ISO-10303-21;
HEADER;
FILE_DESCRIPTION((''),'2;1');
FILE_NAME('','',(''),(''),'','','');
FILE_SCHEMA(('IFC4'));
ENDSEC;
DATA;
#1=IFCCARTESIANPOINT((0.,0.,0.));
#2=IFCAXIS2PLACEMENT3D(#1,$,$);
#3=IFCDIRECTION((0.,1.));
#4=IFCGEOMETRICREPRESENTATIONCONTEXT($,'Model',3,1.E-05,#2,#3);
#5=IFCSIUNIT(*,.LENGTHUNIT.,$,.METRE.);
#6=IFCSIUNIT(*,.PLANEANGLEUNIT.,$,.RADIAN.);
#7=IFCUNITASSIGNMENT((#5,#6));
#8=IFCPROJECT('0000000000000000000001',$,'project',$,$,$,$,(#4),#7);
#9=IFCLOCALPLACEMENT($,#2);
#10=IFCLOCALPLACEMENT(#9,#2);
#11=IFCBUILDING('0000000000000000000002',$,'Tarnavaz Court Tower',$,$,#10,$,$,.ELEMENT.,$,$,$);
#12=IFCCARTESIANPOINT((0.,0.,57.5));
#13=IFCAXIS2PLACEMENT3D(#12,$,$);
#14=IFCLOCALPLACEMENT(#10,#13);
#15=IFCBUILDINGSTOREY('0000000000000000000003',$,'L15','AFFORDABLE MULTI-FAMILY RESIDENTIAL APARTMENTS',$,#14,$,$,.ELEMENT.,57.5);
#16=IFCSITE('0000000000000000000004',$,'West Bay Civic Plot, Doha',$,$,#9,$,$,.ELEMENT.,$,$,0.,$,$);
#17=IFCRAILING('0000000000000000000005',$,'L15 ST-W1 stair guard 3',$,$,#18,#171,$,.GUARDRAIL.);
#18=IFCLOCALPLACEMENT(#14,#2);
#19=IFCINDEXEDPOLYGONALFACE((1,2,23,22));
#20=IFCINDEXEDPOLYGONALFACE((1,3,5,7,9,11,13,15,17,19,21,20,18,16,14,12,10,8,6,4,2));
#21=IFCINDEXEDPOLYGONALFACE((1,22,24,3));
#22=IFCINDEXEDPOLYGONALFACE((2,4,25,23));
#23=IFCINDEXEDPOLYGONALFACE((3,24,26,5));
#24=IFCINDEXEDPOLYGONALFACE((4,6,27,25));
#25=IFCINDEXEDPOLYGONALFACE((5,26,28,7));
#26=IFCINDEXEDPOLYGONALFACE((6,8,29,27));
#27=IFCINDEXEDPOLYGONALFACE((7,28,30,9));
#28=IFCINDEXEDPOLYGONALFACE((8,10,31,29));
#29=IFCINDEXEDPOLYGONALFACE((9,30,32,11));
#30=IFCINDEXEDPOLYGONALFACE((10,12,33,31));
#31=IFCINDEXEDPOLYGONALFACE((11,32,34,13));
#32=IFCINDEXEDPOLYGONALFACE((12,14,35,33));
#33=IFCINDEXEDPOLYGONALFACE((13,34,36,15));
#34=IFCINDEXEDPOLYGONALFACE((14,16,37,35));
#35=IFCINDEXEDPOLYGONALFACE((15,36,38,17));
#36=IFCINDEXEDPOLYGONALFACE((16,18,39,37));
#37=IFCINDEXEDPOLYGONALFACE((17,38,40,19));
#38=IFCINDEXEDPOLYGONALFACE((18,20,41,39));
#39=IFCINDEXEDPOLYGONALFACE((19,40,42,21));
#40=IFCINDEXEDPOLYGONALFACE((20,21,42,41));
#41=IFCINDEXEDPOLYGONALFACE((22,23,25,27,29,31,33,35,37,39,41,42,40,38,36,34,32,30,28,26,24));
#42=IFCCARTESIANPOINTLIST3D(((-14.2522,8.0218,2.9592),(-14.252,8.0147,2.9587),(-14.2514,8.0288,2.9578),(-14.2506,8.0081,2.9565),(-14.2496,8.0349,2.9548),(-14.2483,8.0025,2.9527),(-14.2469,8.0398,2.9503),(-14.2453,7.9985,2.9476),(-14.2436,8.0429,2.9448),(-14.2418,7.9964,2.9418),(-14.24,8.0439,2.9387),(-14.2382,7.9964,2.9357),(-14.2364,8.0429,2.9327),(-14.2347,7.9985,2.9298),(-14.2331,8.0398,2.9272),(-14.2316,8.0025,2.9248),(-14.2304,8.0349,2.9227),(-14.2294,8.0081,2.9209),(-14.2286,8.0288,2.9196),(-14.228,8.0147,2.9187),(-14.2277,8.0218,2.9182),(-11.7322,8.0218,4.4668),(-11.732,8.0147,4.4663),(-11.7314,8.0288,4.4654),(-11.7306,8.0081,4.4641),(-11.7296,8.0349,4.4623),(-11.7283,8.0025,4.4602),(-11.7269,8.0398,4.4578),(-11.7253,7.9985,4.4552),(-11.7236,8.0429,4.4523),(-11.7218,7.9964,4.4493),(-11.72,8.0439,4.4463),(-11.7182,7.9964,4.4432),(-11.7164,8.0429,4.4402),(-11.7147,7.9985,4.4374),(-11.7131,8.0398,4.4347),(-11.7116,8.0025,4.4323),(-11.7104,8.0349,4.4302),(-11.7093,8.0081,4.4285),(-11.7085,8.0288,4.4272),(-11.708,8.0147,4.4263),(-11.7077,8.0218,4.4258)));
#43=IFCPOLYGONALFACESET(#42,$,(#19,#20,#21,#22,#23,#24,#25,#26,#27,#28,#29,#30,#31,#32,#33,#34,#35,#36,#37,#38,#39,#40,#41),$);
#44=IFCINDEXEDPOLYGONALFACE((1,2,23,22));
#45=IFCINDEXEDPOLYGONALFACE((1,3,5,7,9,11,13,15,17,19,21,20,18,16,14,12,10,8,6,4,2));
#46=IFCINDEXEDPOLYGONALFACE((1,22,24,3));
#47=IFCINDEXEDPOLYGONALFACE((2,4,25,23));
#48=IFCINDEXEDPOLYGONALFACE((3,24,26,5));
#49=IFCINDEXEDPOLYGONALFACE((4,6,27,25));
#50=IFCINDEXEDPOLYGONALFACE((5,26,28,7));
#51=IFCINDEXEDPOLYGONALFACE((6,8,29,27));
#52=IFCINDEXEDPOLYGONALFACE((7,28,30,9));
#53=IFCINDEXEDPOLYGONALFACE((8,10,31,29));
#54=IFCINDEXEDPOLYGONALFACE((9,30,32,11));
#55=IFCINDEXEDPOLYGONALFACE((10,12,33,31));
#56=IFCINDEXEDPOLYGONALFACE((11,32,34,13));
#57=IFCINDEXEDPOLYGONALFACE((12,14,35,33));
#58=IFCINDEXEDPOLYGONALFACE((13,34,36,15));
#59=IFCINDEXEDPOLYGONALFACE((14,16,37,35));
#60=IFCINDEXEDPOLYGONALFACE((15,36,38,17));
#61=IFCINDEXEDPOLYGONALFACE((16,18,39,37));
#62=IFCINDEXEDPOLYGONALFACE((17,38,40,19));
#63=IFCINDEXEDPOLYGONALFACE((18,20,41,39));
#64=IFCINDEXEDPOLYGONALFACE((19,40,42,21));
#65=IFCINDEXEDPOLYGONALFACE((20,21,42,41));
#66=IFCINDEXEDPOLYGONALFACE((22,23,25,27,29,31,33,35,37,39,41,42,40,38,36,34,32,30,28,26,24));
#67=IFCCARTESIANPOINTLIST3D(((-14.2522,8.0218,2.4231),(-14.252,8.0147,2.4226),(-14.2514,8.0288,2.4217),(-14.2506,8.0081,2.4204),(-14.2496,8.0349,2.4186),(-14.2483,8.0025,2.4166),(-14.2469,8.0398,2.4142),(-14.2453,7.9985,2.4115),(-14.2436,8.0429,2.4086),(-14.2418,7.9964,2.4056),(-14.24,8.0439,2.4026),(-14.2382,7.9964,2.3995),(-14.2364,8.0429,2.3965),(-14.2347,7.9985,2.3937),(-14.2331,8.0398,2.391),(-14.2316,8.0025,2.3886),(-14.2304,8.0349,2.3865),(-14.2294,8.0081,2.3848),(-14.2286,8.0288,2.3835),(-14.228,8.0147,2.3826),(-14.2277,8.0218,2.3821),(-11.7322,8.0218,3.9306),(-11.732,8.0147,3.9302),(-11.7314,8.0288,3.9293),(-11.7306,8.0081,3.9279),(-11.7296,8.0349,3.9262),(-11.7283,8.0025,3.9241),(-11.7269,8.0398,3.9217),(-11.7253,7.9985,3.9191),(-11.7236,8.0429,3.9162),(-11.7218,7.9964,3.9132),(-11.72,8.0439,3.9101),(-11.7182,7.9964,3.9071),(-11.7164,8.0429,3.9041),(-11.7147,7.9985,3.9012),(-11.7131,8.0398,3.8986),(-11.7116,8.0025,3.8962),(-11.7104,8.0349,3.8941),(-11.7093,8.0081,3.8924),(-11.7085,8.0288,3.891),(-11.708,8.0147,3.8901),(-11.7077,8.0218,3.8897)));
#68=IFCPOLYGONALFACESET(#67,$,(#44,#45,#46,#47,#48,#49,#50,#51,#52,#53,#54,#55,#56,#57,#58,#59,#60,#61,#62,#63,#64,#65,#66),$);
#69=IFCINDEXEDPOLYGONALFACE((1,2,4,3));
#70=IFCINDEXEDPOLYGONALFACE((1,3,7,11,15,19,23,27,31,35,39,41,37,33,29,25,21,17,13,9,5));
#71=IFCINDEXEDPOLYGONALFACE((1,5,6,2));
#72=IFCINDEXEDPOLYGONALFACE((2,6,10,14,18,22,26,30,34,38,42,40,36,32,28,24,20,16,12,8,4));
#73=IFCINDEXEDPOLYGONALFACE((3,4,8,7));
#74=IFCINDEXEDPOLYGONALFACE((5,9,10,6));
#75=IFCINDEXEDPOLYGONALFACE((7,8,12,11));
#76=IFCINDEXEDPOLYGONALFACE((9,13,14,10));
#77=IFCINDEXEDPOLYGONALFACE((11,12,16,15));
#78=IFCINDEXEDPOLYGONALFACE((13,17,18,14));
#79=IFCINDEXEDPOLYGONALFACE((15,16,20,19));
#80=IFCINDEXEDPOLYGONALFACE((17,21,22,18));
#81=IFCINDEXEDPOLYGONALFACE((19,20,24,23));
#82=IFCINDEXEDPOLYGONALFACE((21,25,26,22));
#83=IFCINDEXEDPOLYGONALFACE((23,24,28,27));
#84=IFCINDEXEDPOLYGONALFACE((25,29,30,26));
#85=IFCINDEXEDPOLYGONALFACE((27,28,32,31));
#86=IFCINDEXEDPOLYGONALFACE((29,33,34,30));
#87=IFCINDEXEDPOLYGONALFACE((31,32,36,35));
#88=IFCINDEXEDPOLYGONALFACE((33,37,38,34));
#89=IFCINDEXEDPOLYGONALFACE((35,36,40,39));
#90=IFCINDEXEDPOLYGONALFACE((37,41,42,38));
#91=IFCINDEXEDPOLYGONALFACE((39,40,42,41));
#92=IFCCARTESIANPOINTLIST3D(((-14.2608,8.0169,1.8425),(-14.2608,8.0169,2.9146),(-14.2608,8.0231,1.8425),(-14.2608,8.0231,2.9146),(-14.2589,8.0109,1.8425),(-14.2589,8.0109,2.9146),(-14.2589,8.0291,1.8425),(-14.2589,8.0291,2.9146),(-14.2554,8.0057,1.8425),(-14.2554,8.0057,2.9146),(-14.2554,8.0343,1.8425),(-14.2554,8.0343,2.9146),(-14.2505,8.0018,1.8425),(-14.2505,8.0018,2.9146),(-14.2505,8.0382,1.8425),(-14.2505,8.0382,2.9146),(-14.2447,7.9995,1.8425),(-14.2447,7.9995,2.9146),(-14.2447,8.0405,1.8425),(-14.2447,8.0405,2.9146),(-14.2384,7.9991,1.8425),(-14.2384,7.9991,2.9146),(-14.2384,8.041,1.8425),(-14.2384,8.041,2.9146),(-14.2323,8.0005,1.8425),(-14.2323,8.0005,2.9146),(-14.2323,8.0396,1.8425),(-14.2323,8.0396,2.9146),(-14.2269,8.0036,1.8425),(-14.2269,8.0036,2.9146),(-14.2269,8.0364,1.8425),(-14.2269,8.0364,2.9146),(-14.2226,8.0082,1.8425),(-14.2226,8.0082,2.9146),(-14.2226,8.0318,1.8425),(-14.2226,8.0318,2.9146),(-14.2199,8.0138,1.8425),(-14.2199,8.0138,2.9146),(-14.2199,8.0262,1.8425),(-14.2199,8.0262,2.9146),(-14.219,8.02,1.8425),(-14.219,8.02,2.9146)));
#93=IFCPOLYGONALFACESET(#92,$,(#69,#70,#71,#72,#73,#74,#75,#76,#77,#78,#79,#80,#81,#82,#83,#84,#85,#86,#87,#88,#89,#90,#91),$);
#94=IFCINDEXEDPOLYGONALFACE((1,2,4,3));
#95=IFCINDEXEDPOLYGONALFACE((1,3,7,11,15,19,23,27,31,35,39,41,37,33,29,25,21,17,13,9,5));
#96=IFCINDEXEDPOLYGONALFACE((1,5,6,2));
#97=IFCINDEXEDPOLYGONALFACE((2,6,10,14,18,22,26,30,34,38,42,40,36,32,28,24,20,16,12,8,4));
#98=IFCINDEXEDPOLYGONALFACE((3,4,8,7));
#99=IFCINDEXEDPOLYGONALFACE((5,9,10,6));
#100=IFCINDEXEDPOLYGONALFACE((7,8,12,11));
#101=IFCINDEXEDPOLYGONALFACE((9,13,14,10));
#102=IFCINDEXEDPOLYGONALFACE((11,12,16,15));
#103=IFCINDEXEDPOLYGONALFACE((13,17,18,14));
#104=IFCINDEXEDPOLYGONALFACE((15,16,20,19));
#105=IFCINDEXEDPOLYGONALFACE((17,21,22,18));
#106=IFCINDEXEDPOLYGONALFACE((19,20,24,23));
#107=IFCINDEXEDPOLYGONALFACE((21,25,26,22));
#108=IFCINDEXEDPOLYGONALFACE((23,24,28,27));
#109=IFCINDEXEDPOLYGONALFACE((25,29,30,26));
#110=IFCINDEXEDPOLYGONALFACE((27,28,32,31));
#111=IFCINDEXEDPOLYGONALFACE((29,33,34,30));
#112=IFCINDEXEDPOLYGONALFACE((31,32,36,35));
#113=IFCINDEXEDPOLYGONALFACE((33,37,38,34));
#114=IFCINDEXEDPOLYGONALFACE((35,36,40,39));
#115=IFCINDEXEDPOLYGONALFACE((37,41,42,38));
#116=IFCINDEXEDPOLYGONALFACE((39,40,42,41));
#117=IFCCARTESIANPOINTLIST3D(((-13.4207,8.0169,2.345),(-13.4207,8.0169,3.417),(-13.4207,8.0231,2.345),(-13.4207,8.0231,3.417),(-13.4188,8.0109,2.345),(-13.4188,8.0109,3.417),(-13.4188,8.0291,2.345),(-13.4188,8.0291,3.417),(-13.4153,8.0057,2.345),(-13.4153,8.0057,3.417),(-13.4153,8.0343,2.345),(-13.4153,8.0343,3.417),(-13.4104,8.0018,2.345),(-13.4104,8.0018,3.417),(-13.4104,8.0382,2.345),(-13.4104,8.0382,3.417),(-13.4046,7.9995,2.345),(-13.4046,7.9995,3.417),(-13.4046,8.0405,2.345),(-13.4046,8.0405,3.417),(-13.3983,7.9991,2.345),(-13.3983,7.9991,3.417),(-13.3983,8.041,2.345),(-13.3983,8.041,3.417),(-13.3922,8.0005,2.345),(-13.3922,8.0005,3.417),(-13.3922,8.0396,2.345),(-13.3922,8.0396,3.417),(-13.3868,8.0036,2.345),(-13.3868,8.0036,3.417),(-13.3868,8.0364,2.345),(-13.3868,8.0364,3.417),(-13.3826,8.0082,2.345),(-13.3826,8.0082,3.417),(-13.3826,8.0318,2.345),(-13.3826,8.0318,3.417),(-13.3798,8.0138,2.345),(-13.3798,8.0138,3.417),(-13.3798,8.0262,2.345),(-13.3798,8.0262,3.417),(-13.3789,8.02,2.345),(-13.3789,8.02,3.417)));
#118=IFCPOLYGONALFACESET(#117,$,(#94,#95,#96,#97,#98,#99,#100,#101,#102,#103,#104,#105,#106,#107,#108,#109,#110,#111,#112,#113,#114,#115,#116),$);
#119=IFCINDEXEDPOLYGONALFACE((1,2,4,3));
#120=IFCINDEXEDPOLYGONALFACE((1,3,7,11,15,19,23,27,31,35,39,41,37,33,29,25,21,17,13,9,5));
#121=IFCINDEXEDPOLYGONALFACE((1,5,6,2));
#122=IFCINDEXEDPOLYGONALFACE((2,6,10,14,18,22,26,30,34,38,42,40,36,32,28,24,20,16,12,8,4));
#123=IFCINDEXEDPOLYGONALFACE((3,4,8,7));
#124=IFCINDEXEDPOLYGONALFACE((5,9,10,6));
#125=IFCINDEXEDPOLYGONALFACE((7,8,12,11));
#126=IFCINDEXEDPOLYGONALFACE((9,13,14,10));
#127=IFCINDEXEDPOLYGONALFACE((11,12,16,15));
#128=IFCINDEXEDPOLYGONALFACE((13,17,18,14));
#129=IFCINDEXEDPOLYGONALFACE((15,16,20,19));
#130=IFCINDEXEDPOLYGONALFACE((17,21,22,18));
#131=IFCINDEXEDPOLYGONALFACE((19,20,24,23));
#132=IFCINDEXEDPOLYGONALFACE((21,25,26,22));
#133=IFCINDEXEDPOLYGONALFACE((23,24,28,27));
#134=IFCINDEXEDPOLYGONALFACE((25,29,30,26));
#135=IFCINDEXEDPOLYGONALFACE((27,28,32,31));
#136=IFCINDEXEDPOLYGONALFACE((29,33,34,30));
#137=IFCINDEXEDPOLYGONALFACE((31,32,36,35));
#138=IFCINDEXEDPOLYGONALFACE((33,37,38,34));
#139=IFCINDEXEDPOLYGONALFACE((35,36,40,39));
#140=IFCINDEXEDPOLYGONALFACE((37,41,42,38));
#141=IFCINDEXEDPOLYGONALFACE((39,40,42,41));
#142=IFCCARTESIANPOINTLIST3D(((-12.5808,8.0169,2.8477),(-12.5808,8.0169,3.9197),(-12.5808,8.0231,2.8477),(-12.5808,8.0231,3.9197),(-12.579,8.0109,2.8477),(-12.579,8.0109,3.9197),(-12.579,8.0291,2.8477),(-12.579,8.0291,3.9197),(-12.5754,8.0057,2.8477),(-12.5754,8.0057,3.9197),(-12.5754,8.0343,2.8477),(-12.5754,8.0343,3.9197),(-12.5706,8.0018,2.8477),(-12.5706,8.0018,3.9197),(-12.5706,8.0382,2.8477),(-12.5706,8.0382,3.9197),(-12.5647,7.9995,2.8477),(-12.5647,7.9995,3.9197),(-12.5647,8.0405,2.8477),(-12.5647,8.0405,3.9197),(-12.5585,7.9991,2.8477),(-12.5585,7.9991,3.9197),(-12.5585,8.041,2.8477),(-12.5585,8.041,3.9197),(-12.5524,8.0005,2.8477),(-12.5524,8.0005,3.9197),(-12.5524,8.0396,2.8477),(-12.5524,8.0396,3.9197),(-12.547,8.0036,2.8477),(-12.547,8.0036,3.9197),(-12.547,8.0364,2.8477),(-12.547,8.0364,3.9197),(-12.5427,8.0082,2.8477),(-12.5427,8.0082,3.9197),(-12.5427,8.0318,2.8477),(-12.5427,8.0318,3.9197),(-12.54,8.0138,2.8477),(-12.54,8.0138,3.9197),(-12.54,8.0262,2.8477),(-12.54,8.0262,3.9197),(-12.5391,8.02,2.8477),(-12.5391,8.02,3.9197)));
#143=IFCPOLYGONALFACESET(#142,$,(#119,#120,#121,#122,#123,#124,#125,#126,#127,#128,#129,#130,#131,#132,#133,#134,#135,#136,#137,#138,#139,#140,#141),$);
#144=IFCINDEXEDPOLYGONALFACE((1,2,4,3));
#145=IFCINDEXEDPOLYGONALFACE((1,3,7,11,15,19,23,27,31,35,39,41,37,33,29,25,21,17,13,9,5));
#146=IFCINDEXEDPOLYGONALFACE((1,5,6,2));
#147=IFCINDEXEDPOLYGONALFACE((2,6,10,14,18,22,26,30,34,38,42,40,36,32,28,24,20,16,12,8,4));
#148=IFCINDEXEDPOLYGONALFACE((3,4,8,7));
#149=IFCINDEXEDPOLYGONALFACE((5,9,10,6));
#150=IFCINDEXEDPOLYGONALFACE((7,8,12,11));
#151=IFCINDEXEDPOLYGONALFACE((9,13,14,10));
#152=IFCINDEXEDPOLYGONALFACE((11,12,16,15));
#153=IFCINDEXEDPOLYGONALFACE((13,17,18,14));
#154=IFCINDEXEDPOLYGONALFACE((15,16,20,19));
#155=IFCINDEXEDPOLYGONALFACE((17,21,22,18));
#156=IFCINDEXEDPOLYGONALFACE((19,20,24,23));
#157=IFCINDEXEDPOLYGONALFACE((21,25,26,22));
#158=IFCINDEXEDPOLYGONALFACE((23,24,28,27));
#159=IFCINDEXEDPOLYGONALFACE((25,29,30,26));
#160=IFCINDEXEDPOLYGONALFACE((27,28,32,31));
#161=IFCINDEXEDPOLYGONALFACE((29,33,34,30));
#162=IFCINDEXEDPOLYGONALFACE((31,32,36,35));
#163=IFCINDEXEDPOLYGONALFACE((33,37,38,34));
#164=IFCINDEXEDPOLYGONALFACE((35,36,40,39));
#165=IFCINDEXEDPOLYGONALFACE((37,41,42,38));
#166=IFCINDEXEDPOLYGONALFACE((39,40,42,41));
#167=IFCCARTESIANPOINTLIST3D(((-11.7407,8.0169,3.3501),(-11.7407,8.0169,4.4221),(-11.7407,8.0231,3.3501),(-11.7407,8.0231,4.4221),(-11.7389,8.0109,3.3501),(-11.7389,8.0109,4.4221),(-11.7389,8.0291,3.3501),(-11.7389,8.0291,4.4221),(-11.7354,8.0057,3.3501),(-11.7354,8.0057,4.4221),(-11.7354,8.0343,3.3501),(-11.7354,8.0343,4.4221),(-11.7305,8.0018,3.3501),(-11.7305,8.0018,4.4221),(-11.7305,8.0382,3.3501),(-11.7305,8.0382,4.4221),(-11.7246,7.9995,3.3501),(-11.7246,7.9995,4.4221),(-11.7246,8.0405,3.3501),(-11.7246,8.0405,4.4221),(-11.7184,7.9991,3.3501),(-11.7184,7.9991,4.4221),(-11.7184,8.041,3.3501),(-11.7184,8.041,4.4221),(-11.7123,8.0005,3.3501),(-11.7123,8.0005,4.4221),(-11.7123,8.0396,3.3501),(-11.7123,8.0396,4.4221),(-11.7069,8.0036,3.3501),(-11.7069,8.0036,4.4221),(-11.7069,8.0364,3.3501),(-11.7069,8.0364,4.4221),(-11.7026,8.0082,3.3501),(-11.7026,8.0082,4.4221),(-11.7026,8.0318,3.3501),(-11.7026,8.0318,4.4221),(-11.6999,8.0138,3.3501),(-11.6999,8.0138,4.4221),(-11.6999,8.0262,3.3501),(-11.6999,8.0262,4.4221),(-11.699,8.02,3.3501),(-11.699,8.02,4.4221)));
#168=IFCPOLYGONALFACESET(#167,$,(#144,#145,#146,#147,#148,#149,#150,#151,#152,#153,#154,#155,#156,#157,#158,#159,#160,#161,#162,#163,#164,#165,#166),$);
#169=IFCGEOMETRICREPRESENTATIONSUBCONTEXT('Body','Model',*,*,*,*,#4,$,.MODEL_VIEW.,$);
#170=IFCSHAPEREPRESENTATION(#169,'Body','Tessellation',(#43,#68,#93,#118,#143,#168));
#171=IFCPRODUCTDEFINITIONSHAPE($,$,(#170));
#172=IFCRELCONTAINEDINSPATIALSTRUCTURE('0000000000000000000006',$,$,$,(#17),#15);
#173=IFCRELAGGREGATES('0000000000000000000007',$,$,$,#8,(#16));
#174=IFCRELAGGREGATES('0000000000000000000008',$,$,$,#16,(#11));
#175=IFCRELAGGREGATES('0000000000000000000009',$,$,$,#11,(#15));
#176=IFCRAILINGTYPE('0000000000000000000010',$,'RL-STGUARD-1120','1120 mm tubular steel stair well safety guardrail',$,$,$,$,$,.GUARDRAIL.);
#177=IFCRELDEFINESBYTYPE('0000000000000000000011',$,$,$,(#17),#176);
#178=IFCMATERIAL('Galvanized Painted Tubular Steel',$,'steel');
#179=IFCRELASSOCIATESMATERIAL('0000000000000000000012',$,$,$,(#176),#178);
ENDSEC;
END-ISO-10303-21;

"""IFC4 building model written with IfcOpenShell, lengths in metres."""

from ifc_helpers import new_model, si_unit, direction, frame, origin, origin_2d, place, context, subcontext, project, spatial, circle, extrude, material, type_object, element, save


model = new_model("IFC4")

# Units and contexts
model_context = context("Model", 3, precision=1e-05, world=origin(), true_north=direction((0.0, 1.0)))
body_context = subcontext(model_context, "Body", "Model", "MODEL_VIEW")
ifc_project = project(units=[si_unit("LENGTHUNIT", "METRE"), si_unit("PLANEANGLEUNIT", "RADIAN")], contexts=[model_context])

# Site, building, storey
site_placement = place(None, origin())
site = spatial("IfcSite", under=ifc_project, at=site_placement, Name="West Bay Civic Plot, Doha", CompositionType="ELEMENT", RefElevation=0.0)
building_placement = place(site_placement, origin())
building = spatial("IfcBuilding", under=site, at=building_placement, Name="Tarnavaz Court Tower", CompositionType="ELEMENT")
storey_placement = place(building_placement, frame((0.0, 0.0, 57.5)))
storey = spatial("IfcBuildingStorey", under=building, at=storey_placement, Name="L15", Description="AFFORDABLE MULTI-FAMILY RESIDENTIAL APARTMENTS", CompositionType="ELEMENT", Elevation=57.5)

# Railing
ifc_material_1 = material(Name="Galvanized Painted Tubular Steel", Category="steel")
railing_type_1 = type_object("IfcRailingType", Name="RL-STGUARD-1120", Description="1120 mm tubular steel stair well safety guardrail", PredefinedType="GUARDRAIL", material=ifc_material_1)
railing_1_placement = place(storey_placement, frame((-14.24, 8.02, 1.8425)))
element("IfcRailing", 1, at=railing_1_placement, inside=storey, type_object=railing_type_1, Name="L15 ST-W1 stair guard 3", PredefinedType="GUARDRAIL", context=body_context, shape_type="SweptSolid", body=[
    extrude(circle(Radius=0.0239, at=origin_2d()), frame((0.0, 0.0, 1.0962), z_axis=(0.85816, 0.0, 0.513383), x_axis=(0.0, 1.0, 0.0)), (0.0, 0.0, 1.0), 2.9365),
    extrude(circle(Radius=0.0239, at=origin_2d()), frame((0.0, 0.0, 0.5601), z_axis=(0.85816, 0.0, 0.513383), x_axis=(0.0, 1.0, 0.0)), (0.0, 0.0, 1.0), 2.9365),
    extrude(circle(Radius=0.021, at=origin_2d()), origin(), (0.0, 0.0, 1.0), 1.072),
    extrude(circle(Radius=0.021, at=origin_2d()), frame((0.8401, 0.0, 0.5024)), (0.0, 0.0, 1.0), 1.072),
    extrude(circle(Radius=0.021, at=origin_2d()), frame((1.6799, 0.0, 1.0051)), (0.0, 0.0, 1.0), 1.072),
    extrude(circle(Radius=0.021, at=origin_2d()), frame((2.52, 0.0, 1.5076)), (0.0, 0.0, 1.0), 1.072),
])

save(model, "model.ifc")
